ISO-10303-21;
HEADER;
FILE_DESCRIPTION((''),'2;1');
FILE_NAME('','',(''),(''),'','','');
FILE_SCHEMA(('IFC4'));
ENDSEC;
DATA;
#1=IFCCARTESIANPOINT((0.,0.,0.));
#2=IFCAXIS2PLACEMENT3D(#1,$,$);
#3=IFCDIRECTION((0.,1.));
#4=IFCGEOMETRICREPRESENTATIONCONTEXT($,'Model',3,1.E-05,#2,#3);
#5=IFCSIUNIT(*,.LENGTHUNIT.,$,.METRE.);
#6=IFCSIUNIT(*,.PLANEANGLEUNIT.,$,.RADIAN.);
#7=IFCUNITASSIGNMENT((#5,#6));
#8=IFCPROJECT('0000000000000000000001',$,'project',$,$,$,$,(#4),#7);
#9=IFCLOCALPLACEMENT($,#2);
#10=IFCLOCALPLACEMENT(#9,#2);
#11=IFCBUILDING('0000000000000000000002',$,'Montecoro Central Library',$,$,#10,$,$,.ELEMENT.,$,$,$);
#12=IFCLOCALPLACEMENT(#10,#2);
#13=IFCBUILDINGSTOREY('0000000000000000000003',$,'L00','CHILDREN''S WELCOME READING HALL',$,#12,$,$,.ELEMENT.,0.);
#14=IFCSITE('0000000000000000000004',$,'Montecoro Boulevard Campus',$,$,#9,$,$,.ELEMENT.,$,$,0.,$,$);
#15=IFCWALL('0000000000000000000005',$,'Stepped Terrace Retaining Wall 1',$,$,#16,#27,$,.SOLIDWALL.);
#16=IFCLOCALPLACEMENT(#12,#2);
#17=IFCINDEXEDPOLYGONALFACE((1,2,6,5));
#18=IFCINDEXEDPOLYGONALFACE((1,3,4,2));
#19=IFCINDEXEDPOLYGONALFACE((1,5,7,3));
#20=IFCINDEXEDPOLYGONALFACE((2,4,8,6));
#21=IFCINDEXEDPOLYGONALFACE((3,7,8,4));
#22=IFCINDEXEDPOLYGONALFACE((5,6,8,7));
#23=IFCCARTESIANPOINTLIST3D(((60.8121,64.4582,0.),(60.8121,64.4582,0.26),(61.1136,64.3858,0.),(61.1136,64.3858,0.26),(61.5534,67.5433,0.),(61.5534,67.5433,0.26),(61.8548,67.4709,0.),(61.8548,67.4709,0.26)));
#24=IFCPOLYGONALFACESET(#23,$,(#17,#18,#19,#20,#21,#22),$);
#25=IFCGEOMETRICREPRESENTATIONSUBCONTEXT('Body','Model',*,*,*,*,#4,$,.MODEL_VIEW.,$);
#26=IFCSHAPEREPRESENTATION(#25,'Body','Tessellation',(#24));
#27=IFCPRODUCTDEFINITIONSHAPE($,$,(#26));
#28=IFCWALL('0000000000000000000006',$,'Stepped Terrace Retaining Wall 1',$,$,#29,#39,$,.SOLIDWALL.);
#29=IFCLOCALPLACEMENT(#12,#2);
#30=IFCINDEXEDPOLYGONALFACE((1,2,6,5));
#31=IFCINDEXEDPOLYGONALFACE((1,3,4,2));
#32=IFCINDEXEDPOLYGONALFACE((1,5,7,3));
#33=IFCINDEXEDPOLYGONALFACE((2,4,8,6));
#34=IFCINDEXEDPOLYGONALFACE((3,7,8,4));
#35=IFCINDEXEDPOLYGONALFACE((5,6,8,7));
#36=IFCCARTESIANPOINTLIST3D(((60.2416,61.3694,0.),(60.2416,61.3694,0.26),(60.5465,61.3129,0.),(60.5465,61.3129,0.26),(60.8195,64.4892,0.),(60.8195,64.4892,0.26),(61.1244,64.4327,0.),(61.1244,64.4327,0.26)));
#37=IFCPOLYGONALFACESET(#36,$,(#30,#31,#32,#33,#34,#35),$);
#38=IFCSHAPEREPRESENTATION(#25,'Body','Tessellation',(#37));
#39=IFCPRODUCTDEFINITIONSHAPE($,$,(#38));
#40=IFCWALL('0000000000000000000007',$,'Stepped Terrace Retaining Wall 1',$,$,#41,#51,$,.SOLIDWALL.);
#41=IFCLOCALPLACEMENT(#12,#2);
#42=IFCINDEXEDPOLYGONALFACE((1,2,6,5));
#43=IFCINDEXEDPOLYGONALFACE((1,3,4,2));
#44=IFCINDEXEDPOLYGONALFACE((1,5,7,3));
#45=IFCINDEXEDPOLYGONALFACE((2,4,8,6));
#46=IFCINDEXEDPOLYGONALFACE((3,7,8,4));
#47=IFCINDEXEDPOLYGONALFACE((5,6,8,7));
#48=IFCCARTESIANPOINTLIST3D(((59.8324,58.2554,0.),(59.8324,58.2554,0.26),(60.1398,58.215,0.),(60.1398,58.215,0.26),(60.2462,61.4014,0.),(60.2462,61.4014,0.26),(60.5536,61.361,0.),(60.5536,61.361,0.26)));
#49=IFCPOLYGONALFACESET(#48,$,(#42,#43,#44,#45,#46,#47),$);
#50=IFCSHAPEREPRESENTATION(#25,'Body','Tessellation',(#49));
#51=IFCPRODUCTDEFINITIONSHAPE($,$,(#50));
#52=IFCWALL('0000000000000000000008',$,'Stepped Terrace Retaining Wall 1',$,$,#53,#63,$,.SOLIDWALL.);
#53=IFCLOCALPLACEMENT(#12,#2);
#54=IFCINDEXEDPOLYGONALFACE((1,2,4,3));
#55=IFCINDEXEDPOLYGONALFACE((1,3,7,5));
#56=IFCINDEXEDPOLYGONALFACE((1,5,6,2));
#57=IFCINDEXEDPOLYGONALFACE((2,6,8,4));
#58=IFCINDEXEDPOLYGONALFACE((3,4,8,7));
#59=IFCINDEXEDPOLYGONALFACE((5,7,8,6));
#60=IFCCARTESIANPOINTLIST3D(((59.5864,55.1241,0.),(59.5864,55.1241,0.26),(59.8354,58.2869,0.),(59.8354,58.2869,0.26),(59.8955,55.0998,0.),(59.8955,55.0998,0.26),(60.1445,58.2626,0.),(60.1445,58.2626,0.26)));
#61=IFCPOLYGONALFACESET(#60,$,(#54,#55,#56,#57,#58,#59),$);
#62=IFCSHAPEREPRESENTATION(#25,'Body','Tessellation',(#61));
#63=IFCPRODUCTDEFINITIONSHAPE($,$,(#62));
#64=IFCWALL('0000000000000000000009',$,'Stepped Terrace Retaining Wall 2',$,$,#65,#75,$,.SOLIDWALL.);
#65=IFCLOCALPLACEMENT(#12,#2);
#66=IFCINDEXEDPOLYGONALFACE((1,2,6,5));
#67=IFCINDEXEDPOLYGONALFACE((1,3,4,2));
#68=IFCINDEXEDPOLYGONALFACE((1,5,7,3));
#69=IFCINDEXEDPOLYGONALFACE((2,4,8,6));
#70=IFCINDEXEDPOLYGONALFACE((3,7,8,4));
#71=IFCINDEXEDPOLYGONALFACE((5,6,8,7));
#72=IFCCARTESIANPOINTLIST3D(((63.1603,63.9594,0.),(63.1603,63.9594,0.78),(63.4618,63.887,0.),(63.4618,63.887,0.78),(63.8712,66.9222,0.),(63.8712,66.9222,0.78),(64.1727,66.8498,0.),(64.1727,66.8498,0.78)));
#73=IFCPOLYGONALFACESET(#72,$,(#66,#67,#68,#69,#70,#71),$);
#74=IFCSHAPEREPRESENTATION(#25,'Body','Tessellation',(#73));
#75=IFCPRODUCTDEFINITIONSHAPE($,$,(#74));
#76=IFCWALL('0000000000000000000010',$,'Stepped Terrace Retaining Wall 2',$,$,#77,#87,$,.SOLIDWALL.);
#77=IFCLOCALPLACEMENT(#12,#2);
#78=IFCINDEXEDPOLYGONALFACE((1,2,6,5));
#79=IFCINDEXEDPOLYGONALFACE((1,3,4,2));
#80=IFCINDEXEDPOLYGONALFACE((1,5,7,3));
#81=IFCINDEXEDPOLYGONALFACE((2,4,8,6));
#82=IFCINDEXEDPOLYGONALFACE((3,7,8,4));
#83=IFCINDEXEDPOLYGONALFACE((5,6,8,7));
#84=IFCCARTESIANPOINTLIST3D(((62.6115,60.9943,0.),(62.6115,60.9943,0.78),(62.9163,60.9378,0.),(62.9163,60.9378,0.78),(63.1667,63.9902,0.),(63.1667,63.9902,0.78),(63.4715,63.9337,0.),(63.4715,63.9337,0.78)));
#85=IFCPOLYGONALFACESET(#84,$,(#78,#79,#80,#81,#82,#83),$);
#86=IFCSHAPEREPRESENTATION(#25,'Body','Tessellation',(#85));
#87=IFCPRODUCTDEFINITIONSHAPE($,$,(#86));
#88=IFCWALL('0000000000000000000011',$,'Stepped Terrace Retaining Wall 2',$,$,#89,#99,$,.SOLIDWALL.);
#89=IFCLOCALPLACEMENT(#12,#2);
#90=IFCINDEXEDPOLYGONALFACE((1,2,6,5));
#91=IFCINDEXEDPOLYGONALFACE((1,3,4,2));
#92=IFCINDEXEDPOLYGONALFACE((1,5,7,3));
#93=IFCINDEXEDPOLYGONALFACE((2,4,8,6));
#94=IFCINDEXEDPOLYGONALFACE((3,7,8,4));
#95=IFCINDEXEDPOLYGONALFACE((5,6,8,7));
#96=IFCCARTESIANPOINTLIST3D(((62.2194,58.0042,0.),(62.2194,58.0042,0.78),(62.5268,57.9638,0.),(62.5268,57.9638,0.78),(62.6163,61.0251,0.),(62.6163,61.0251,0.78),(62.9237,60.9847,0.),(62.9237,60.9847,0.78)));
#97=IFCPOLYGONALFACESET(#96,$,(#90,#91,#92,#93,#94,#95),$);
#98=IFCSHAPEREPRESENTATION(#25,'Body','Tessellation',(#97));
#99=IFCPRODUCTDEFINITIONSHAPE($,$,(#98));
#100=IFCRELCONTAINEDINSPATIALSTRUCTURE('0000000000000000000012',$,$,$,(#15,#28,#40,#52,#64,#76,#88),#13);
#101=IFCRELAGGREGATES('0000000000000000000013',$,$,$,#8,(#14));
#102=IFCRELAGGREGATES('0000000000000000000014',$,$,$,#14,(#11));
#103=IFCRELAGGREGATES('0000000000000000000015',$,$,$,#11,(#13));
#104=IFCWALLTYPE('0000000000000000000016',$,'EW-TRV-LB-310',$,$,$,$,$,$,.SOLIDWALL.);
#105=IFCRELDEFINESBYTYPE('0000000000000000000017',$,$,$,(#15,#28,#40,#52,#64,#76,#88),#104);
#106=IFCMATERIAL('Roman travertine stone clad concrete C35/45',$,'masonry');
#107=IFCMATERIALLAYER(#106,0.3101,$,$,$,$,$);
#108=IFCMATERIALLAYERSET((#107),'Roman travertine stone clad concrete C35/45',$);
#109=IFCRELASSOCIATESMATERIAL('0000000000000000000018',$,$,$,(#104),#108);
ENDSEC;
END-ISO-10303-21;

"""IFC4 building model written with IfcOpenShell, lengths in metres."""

from ifc_helpers import new_model, si_unit, direction, frame, frame_2d, origin, place, context, subcontext, project, spatial, rectangle, extrude, material, layer, layer_set, type_object, element, save


model = new_model("IFC4")

# Units and contexts
model_context = context("Model", 3, precision=1e-05, world=origin(), true_north=direction((0.0, 1.0)))
body_context = subcontext(model_context, "Body", "Model", "MODEL_VIEW")
ifc_project = project(units=[si_unit("LENGTHUNIT", "METRE"), si_unit("PLANEANGLEUNIT", "RADIAN")], contexts=[model_context])

# Site, building, storey
site_placement = place(None, origin())
site = spatial("IfcSite", under=ifc_project, at=site_placement, Name="Montecoro Boulevard Campus", CompositionType="ELEMENT", RefElevation=0.0)
building_placement = place(site_placement, origin())
building = spatial("IfcBuilding", under=site, at=building_placement, Name="Montecoro Central Library", CompositionType="ELEMENT")
storey_placement = place(building_placement, origin())
storey = spatial("IfcBuildingStorey", under=building, at=storey_placement, Name="L00", Description="CHILDREN'S WELCOME READING HALL", CompositionType="ELEMENT", Elevation=0.0)

# Walls
ifc_material_1 = material(Name="Roman travertine stone clad concrete C35/45", Category="masonry")
ifc_layer = layer(ifc_material_1, 0.3101)
ifc_layer_set = layer_set([ifc_layer], Name="Roman travertine stone clad concrete C35/45")
wall_type = type_object("IfcWallType", Name="EW-TRV-LB-310", PredefinedType="SOLIDWALL", material=ifc_layer_set)
for number, where, z_axis, x_axis, name in (
    (1, (61.7041, 67.5071, 0.0), (0.0, 0.0, 1.0), (-0.233617, -0.972329, 0.0), "Stepped Terrace Retaining Wall 1"),
    (2, (60.9719, 64.4609, 0.0), (0.0, 0.0, 1.0), (-0.182128, -0.983275, 0.0), "Stepped Terrace Retaining Wall 1"),
):
    element("IfcWall", number, at=place(storey_placement, frame(where, z_axis=z_axis, x_axis=x_axis)), inside=storey, type_object=wall_type, Name=name, PredefinedType="SOLIDWALL", context=body_context, shape_type="SweptSolid", body=[
        extrude(rectangle(XDim=3.1729, YDim=0.3101, at=frame_2d((1.5864, 0.0))), origin(), (0.0, 0.0, 1.0), 0.26),
    ])
wall_1_placement = place(storey_placement, frame((60.3999, 61.3811, 0.0), z_axis=(0.0, 0.0, 1.0), x_axis=(-0.130415, -0.99146, 0.0)))
element("IfcWall", 3, at=wall_1_placement, inside=storey, type_object=wall_type, Name="Stepped Terrace Retaining Wall 1", PredefinedType="SOLIDWALL", context=body_context, shape_type="SweptSolid", body=[
    extrude(rectangle(XDim=3.1731, YDim=0.3101, at=frame_2d((1.5864, 0.0))), origin(), (0.0, 0.0, 1.0), 0.26),
])
wall_2_placement = place(storey_placement, frame((59.99, 58.2749, 0.0), z_axis=(0.0, 0.0, 1.0), x_axis=(-0.078491, -0.996915, 0.0)))
element("IfcWall", 4, at=wall_2_placement, inside=storey, type_object=wall_type, Name="Stepped Terrace Retaining Wall 1", PredefinedType="SOLIDWALL", context=body_context, shape_type="SweptSolid", body=[
    extrude(rectangle(XDim=3.1726, YDim=0.3101, at=frame_2d((1.5864, 0.0))), origin(), (0.0, 0.0, 1.0), 0.26),
])
for number, where, z_axis, x_axis, name in (
    (5, (64.022, 66.886, 0.0), (0.0, 0.0, 1.0), (-0.233324, -0.972399, 0.0), "Stepped Terrace Retaining Wall 2"),
    (6, (63.3191, 63.9619, 0.0), (0.0, 0.0, 1.0), (-0.182213, -0.983259, 0.0), "Stepped Terrace Retaining Wall 2"),
    (7, (62.77, 61.0049, 0.0), (0.0, 0.0, 1.0), (-0.130285, -0.991477, 0.0), "Stepped Terrace Retaining Wall 2"),
):
    element("IfcWall", number, at=place(storey_placement, frame(where, z_axis=z_axis, x_axis=x_axis)), inside=storey, type_object=wall_type, Name=name, PredefinedType="SOLIDWALL", context=body_context, shape_type="SweptSolid", body=[
        extrude(rectangle(XDim=3.0469, YDim=0.3101, at=frame_2d((1.5234, 0.0))), origin(), (0.0, 0.0, 1.0), 0.78),
    ])

save(model, "model.ifc")
